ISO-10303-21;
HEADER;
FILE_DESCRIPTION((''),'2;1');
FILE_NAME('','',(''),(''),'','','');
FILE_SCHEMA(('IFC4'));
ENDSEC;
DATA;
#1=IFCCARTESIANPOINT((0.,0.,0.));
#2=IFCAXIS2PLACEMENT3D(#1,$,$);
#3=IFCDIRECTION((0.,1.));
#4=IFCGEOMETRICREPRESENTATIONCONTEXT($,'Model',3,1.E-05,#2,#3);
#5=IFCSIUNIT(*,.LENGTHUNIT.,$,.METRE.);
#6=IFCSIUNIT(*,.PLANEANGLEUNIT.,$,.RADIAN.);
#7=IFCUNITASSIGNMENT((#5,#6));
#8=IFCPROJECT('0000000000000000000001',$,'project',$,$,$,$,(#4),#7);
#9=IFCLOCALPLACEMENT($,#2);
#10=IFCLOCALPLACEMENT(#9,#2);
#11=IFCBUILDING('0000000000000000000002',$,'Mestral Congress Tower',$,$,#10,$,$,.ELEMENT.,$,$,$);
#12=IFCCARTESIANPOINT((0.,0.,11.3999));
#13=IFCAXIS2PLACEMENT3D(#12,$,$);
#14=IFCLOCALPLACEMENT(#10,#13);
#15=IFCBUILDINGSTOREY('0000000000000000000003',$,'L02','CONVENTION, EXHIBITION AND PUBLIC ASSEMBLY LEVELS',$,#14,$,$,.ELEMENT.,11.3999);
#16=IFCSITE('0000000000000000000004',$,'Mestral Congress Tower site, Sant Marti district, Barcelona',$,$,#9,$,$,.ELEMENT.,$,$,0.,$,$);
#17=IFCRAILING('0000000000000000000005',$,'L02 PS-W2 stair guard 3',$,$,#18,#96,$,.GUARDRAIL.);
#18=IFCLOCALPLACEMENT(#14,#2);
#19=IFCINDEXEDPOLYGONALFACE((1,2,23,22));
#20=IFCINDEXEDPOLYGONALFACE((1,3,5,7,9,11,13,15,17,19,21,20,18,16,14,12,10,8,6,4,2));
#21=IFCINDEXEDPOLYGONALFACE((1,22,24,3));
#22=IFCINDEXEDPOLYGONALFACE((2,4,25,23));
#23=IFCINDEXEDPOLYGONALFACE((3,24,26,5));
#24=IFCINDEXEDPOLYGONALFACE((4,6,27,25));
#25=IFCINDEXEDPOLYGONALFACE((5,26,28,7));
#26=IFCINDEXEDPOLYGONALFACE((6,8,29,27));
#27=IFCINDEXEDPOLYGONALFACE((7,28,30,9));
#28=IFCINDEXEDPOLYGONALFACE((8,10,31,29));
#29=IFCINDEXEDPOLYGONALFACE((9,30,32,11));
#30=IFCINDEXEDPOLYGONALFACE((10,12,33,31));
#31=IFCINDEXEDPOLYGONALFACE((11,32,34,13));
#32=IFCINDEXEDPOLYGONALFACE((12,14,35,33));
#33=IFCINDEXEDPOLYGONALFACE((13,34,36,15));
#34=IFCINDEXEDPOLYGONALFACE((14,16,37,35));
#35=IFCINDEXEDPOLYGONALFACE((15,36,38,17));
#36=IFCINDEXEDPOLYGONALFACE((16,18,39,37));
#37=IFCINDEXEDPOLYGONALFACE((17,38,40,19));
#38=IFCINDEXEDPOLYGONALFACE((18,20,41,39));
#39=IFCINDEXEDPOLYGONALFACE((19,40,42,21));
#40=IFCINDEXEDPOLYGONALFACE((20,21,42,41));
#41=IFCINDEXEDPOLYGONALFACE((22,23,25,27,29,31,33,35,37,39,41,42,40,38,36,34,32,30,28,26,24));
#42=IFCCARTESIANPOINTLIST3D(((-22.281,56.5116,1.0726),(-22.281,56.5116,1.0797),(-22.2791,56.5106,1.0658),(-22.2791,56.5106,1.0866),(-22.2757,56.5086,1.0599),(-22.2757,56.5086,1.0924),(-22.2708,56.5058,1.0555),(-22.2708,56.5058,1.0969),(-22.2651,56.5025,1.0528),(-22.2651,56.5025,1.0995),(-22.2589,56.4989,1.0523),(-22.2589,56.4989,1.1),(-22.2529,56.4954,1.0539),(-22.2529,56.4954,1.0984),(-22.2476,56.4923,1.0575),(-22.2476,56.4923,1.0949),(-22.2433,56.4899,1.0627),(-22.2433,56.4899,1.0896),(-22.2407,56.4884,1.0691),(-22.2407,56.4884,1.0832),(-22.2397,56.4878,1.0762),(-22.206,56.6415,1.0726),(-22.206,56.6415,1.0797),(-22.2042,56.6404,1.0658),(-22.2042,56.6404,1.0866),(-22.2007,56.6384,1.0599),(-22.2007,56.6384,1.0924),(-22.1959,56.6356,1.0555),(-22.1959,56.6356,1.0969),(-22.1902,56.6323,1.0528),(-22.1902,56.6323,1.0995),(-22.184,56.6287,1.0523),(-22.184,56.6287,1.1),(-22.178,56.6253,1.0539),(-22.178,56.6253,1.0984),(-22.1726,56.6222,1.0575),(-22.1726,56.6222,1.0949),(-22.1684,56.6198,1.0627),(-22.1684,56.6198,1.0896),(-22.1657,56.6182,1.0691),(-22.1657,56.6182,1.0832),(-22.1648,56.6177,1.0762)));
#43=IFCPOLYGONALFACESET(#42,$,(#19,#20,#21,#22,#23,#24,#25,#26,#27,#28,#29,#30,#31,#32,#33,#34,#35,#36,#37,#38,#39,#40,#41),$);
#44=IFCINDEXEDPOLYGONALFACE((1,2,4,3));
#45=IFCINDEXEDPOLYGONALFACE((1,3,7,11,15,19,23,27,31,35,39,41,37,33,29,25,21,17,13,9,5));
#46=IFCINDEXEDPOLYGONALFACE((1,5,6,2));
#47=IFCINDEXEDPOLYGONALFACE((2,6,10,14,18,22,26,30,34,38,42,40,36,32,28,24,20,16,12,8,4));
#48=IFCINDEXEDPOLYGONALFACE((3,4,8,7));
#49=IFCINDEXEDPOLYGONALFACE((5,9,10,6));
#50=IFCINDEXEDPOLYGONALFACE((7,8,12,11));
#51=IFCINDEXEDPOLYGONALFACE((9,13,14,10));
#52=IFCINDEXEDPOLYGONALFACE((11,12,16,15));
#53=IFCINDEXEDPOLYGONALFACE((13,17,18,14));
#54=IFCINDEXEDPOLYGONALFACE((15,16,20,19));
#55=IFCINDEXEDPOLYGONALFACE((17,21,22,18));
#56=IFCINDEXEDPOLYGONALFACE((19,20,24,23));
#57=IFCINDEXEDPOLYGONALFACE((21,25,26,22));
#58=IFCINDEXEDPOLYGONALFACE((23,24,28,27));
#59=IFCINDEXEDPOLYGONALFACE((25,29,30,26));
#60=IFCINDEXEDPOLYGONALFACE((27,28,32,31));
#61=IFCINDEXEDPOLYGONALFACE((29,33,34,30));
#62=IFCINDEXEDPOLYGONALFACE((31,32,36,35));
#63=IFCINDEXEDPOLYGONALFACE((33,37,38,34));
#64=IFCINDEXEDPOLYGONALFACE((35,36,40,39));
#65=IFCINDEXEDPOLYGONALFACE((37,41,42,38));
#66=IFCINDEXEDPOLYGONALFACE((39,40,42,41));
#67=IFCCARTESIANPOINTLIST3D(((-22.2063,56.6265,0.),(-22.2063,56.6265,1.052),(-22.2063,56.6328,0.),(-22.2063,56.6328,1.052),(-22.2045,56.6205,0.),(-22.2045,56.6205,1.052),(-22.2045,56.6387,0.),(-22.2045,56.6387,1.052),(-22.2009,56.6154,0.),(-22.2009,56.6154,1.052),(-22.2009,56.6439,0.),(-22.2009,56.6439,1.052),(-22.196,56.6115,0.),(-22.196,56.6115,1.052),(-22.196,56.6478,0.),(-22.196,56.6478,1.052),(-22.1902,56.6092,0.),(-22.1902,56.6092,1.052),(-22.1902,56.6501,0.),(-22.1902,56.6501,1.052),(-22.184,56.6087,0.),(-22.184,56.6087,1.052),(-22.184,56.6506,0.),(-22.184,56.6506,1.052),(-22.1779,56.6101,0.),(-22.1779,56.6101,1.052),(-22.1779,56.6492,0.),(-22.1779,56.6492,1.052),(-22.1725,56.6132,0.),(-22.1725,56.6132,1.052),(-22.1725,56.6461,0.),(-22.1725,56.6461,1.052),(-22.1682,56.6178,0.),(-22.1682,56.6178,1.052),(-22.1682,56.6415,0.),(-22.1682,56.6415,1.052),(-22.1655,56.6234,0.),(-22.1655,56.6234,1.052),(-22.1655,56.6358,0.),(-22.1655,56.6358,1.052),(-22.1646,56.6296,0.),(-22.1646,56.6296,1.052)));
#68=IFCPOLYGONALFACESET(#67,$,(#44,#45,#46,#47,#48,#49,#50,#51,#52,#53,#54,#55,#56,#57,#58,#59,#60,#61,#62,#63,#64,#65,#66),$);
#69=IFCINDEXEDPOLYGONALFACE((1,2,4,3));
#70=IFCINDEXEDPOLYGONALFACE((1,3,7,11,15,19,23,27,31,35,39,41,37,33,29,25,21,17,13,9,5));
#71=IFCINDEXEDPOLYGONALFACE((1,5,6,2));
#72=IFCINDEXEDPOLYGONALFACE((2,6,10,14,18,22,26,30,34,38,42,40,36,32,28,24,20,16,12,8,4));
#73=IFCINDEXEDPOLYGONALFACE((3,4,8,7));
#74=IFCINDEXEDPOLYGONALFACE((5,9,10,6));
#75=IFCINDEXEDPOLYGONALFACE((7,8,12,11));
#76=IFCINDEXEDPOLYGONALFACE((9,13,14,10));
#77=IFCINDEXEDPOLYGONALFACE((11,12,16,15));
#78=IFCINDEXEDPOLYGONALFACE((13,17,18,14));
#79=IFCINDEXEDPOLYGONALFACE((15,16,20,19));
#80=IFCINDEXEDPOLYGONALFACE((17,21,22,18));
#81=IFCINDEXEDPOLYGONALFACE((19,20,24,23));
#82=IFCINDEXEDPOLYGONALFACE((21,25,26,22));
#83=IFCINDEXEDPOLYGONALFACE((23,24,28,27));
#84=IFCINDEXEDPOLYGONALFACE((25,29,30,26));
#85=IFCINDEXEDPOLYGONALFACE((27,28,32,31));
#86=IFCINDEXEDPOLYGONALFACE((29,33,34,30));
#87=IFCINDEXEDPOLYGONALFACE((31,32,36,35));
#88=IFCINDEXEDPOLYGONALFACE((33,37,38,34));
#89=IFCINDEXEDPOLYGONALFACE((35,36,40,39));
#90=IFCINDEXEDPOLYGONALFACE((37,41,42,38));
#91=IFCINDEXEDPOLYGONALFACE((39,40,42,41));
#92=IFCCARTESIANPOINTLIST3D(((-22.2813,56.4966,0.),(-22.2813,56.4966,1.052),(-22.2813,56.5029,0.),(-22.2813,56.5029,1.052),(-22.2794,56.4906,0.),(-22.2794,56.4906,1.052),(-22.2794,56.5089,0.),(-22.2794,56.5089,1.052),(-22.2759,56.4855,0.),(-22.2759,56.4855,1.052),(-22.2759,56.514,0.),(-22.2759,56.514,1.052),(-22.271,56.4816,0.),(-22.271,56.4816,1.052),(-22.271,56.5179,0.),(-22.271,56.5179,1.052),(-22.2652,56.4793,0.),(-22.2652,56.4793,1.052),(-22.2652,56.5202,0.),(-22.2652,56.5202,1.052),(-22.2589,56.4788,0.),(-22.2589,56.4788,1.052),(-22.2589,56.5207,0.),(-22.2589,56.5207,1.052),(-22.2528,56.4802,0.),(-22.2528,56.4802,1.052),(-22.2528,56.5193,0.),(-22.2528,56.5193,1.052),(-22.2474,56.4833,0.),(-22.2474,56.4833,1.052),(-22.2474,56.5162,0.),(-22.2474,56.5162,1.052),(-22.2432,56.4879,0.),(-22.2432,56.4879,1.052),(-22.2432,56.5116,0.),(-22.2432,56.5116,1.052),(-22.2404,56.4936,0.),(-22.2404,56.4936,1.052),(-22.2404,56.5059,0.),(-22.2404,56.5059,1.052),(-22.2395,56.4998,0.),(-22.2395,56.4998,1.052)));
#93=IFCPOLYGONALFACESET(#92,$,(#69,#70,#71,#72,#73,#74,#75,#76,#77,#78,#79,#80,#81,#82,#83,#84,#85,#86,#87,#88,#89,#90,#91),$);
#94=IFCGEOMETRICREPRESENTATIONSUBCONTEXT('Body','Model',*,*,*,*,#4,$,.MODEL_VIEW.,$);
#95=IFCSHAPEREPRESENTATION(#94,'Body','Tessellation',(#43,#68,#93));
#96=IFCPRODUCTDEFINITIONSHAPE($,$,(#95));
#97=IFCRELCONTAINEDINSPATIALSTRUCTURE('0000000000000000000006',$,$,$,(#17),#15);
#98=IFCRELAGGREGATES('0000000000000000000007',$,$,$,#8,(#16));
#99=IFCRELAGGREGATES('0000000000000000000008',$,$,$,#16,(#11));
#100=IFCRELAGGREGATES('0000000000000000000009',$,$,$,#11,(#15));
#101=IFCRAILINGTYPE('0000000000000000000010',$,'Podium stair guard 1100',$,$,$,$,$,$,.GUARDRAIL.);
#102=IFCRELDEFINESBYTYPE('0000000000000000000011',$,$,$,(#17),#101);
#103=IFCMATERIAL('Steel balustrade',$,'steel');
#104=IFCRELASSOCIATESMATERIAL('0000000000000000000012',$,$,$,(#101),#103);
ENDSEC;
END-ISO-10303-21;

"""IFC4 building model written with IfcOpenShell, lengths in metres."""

from ifc_helpers import new_model, si_unit, direction, frame, origin, origin_2d, place, context, subcontext, project, spatial, circle, extrude, material, type_object, element, save


model = new_model("IFC4")

# Units and contexts
model_context = context("Model", 3, precision=1e-05, world=origin(), true_north=direction((0.0, 1.0)))
body_context = subcontext(model_context, "Body", "Model", "MODEL_VIEW")
ifc_project = project(units=[si_unit("LENGTHUNIT", "METRE"), si_unit("PLANEANGLEUNIT", "RADIAN")], contexts=[model_context])

# Site, building, storey
site_placement = place(None, origin())
site = spatial("IfcSite", under=ifc_project, at=site_placement, Name="Mestral Congress Tower site, Sant Marti district, Barcelona", CompositionType="ELEMENT", RefElevation=0.0)
building_placement = place(site_placement, origin())
building = spatial("IfcBuilding", under=site, at=building_placement, Name="Mestral Congress Tower", CompositionType="ELEMENT")
storey_placement = place(building_placement, frame((0.0, 0.0, 11.3999)))
storey = spatial("IfcBuildingStorey", under=building, at=storey_placement, Name="L02", Description="CONVENTION, EXHIBITION AND PUBLIC ASSEMBLY LEVELS", CompositionType="ELEMENT", Elevation=11.3999)

# Railing
ifc_material_1 = material(Name="Steel balustrade", Category="steel")
railing_type_1 = type_object("IfcRailingType", Name="Podium stair guard 1100", PredefinedType="GUARDRAIL", material=ifc_material_1)
railing_1_placement = place(storey_placement, frame((-22.1855, 56.6296, 0.0)))
element("IfcRailing", 1, at=railing_1_placement, inside=storey, type_object=railing_type_1, Name="L02 PS-W2 stair guard 3", PredefinedType="GUARDRAIL", context=body_context, shape_type="SweptSolid", body=[
    extrude(circle(Radius=0.0239, at=origin_2d()), frame((0.0, 0.0, 1.0762), z_axis=(-0.499816, -0.866131, 0.0), x_axis=(0.866131, -0.499816, 0.0)), (0.0, 0.0, 1.0), 0.1499),
    extrude(circle(Radius=0.021, at=origin_2d()), origin(), (0.0, 0.0, 1.0), 1.052),
    extrude(circle(Radius=0.021, at=origin_2d()), frame((-0.075, -0.1299, 0.0)), (0.0, 0.0, 1.0), 1.052),
])

save(model, "model.ifc")
